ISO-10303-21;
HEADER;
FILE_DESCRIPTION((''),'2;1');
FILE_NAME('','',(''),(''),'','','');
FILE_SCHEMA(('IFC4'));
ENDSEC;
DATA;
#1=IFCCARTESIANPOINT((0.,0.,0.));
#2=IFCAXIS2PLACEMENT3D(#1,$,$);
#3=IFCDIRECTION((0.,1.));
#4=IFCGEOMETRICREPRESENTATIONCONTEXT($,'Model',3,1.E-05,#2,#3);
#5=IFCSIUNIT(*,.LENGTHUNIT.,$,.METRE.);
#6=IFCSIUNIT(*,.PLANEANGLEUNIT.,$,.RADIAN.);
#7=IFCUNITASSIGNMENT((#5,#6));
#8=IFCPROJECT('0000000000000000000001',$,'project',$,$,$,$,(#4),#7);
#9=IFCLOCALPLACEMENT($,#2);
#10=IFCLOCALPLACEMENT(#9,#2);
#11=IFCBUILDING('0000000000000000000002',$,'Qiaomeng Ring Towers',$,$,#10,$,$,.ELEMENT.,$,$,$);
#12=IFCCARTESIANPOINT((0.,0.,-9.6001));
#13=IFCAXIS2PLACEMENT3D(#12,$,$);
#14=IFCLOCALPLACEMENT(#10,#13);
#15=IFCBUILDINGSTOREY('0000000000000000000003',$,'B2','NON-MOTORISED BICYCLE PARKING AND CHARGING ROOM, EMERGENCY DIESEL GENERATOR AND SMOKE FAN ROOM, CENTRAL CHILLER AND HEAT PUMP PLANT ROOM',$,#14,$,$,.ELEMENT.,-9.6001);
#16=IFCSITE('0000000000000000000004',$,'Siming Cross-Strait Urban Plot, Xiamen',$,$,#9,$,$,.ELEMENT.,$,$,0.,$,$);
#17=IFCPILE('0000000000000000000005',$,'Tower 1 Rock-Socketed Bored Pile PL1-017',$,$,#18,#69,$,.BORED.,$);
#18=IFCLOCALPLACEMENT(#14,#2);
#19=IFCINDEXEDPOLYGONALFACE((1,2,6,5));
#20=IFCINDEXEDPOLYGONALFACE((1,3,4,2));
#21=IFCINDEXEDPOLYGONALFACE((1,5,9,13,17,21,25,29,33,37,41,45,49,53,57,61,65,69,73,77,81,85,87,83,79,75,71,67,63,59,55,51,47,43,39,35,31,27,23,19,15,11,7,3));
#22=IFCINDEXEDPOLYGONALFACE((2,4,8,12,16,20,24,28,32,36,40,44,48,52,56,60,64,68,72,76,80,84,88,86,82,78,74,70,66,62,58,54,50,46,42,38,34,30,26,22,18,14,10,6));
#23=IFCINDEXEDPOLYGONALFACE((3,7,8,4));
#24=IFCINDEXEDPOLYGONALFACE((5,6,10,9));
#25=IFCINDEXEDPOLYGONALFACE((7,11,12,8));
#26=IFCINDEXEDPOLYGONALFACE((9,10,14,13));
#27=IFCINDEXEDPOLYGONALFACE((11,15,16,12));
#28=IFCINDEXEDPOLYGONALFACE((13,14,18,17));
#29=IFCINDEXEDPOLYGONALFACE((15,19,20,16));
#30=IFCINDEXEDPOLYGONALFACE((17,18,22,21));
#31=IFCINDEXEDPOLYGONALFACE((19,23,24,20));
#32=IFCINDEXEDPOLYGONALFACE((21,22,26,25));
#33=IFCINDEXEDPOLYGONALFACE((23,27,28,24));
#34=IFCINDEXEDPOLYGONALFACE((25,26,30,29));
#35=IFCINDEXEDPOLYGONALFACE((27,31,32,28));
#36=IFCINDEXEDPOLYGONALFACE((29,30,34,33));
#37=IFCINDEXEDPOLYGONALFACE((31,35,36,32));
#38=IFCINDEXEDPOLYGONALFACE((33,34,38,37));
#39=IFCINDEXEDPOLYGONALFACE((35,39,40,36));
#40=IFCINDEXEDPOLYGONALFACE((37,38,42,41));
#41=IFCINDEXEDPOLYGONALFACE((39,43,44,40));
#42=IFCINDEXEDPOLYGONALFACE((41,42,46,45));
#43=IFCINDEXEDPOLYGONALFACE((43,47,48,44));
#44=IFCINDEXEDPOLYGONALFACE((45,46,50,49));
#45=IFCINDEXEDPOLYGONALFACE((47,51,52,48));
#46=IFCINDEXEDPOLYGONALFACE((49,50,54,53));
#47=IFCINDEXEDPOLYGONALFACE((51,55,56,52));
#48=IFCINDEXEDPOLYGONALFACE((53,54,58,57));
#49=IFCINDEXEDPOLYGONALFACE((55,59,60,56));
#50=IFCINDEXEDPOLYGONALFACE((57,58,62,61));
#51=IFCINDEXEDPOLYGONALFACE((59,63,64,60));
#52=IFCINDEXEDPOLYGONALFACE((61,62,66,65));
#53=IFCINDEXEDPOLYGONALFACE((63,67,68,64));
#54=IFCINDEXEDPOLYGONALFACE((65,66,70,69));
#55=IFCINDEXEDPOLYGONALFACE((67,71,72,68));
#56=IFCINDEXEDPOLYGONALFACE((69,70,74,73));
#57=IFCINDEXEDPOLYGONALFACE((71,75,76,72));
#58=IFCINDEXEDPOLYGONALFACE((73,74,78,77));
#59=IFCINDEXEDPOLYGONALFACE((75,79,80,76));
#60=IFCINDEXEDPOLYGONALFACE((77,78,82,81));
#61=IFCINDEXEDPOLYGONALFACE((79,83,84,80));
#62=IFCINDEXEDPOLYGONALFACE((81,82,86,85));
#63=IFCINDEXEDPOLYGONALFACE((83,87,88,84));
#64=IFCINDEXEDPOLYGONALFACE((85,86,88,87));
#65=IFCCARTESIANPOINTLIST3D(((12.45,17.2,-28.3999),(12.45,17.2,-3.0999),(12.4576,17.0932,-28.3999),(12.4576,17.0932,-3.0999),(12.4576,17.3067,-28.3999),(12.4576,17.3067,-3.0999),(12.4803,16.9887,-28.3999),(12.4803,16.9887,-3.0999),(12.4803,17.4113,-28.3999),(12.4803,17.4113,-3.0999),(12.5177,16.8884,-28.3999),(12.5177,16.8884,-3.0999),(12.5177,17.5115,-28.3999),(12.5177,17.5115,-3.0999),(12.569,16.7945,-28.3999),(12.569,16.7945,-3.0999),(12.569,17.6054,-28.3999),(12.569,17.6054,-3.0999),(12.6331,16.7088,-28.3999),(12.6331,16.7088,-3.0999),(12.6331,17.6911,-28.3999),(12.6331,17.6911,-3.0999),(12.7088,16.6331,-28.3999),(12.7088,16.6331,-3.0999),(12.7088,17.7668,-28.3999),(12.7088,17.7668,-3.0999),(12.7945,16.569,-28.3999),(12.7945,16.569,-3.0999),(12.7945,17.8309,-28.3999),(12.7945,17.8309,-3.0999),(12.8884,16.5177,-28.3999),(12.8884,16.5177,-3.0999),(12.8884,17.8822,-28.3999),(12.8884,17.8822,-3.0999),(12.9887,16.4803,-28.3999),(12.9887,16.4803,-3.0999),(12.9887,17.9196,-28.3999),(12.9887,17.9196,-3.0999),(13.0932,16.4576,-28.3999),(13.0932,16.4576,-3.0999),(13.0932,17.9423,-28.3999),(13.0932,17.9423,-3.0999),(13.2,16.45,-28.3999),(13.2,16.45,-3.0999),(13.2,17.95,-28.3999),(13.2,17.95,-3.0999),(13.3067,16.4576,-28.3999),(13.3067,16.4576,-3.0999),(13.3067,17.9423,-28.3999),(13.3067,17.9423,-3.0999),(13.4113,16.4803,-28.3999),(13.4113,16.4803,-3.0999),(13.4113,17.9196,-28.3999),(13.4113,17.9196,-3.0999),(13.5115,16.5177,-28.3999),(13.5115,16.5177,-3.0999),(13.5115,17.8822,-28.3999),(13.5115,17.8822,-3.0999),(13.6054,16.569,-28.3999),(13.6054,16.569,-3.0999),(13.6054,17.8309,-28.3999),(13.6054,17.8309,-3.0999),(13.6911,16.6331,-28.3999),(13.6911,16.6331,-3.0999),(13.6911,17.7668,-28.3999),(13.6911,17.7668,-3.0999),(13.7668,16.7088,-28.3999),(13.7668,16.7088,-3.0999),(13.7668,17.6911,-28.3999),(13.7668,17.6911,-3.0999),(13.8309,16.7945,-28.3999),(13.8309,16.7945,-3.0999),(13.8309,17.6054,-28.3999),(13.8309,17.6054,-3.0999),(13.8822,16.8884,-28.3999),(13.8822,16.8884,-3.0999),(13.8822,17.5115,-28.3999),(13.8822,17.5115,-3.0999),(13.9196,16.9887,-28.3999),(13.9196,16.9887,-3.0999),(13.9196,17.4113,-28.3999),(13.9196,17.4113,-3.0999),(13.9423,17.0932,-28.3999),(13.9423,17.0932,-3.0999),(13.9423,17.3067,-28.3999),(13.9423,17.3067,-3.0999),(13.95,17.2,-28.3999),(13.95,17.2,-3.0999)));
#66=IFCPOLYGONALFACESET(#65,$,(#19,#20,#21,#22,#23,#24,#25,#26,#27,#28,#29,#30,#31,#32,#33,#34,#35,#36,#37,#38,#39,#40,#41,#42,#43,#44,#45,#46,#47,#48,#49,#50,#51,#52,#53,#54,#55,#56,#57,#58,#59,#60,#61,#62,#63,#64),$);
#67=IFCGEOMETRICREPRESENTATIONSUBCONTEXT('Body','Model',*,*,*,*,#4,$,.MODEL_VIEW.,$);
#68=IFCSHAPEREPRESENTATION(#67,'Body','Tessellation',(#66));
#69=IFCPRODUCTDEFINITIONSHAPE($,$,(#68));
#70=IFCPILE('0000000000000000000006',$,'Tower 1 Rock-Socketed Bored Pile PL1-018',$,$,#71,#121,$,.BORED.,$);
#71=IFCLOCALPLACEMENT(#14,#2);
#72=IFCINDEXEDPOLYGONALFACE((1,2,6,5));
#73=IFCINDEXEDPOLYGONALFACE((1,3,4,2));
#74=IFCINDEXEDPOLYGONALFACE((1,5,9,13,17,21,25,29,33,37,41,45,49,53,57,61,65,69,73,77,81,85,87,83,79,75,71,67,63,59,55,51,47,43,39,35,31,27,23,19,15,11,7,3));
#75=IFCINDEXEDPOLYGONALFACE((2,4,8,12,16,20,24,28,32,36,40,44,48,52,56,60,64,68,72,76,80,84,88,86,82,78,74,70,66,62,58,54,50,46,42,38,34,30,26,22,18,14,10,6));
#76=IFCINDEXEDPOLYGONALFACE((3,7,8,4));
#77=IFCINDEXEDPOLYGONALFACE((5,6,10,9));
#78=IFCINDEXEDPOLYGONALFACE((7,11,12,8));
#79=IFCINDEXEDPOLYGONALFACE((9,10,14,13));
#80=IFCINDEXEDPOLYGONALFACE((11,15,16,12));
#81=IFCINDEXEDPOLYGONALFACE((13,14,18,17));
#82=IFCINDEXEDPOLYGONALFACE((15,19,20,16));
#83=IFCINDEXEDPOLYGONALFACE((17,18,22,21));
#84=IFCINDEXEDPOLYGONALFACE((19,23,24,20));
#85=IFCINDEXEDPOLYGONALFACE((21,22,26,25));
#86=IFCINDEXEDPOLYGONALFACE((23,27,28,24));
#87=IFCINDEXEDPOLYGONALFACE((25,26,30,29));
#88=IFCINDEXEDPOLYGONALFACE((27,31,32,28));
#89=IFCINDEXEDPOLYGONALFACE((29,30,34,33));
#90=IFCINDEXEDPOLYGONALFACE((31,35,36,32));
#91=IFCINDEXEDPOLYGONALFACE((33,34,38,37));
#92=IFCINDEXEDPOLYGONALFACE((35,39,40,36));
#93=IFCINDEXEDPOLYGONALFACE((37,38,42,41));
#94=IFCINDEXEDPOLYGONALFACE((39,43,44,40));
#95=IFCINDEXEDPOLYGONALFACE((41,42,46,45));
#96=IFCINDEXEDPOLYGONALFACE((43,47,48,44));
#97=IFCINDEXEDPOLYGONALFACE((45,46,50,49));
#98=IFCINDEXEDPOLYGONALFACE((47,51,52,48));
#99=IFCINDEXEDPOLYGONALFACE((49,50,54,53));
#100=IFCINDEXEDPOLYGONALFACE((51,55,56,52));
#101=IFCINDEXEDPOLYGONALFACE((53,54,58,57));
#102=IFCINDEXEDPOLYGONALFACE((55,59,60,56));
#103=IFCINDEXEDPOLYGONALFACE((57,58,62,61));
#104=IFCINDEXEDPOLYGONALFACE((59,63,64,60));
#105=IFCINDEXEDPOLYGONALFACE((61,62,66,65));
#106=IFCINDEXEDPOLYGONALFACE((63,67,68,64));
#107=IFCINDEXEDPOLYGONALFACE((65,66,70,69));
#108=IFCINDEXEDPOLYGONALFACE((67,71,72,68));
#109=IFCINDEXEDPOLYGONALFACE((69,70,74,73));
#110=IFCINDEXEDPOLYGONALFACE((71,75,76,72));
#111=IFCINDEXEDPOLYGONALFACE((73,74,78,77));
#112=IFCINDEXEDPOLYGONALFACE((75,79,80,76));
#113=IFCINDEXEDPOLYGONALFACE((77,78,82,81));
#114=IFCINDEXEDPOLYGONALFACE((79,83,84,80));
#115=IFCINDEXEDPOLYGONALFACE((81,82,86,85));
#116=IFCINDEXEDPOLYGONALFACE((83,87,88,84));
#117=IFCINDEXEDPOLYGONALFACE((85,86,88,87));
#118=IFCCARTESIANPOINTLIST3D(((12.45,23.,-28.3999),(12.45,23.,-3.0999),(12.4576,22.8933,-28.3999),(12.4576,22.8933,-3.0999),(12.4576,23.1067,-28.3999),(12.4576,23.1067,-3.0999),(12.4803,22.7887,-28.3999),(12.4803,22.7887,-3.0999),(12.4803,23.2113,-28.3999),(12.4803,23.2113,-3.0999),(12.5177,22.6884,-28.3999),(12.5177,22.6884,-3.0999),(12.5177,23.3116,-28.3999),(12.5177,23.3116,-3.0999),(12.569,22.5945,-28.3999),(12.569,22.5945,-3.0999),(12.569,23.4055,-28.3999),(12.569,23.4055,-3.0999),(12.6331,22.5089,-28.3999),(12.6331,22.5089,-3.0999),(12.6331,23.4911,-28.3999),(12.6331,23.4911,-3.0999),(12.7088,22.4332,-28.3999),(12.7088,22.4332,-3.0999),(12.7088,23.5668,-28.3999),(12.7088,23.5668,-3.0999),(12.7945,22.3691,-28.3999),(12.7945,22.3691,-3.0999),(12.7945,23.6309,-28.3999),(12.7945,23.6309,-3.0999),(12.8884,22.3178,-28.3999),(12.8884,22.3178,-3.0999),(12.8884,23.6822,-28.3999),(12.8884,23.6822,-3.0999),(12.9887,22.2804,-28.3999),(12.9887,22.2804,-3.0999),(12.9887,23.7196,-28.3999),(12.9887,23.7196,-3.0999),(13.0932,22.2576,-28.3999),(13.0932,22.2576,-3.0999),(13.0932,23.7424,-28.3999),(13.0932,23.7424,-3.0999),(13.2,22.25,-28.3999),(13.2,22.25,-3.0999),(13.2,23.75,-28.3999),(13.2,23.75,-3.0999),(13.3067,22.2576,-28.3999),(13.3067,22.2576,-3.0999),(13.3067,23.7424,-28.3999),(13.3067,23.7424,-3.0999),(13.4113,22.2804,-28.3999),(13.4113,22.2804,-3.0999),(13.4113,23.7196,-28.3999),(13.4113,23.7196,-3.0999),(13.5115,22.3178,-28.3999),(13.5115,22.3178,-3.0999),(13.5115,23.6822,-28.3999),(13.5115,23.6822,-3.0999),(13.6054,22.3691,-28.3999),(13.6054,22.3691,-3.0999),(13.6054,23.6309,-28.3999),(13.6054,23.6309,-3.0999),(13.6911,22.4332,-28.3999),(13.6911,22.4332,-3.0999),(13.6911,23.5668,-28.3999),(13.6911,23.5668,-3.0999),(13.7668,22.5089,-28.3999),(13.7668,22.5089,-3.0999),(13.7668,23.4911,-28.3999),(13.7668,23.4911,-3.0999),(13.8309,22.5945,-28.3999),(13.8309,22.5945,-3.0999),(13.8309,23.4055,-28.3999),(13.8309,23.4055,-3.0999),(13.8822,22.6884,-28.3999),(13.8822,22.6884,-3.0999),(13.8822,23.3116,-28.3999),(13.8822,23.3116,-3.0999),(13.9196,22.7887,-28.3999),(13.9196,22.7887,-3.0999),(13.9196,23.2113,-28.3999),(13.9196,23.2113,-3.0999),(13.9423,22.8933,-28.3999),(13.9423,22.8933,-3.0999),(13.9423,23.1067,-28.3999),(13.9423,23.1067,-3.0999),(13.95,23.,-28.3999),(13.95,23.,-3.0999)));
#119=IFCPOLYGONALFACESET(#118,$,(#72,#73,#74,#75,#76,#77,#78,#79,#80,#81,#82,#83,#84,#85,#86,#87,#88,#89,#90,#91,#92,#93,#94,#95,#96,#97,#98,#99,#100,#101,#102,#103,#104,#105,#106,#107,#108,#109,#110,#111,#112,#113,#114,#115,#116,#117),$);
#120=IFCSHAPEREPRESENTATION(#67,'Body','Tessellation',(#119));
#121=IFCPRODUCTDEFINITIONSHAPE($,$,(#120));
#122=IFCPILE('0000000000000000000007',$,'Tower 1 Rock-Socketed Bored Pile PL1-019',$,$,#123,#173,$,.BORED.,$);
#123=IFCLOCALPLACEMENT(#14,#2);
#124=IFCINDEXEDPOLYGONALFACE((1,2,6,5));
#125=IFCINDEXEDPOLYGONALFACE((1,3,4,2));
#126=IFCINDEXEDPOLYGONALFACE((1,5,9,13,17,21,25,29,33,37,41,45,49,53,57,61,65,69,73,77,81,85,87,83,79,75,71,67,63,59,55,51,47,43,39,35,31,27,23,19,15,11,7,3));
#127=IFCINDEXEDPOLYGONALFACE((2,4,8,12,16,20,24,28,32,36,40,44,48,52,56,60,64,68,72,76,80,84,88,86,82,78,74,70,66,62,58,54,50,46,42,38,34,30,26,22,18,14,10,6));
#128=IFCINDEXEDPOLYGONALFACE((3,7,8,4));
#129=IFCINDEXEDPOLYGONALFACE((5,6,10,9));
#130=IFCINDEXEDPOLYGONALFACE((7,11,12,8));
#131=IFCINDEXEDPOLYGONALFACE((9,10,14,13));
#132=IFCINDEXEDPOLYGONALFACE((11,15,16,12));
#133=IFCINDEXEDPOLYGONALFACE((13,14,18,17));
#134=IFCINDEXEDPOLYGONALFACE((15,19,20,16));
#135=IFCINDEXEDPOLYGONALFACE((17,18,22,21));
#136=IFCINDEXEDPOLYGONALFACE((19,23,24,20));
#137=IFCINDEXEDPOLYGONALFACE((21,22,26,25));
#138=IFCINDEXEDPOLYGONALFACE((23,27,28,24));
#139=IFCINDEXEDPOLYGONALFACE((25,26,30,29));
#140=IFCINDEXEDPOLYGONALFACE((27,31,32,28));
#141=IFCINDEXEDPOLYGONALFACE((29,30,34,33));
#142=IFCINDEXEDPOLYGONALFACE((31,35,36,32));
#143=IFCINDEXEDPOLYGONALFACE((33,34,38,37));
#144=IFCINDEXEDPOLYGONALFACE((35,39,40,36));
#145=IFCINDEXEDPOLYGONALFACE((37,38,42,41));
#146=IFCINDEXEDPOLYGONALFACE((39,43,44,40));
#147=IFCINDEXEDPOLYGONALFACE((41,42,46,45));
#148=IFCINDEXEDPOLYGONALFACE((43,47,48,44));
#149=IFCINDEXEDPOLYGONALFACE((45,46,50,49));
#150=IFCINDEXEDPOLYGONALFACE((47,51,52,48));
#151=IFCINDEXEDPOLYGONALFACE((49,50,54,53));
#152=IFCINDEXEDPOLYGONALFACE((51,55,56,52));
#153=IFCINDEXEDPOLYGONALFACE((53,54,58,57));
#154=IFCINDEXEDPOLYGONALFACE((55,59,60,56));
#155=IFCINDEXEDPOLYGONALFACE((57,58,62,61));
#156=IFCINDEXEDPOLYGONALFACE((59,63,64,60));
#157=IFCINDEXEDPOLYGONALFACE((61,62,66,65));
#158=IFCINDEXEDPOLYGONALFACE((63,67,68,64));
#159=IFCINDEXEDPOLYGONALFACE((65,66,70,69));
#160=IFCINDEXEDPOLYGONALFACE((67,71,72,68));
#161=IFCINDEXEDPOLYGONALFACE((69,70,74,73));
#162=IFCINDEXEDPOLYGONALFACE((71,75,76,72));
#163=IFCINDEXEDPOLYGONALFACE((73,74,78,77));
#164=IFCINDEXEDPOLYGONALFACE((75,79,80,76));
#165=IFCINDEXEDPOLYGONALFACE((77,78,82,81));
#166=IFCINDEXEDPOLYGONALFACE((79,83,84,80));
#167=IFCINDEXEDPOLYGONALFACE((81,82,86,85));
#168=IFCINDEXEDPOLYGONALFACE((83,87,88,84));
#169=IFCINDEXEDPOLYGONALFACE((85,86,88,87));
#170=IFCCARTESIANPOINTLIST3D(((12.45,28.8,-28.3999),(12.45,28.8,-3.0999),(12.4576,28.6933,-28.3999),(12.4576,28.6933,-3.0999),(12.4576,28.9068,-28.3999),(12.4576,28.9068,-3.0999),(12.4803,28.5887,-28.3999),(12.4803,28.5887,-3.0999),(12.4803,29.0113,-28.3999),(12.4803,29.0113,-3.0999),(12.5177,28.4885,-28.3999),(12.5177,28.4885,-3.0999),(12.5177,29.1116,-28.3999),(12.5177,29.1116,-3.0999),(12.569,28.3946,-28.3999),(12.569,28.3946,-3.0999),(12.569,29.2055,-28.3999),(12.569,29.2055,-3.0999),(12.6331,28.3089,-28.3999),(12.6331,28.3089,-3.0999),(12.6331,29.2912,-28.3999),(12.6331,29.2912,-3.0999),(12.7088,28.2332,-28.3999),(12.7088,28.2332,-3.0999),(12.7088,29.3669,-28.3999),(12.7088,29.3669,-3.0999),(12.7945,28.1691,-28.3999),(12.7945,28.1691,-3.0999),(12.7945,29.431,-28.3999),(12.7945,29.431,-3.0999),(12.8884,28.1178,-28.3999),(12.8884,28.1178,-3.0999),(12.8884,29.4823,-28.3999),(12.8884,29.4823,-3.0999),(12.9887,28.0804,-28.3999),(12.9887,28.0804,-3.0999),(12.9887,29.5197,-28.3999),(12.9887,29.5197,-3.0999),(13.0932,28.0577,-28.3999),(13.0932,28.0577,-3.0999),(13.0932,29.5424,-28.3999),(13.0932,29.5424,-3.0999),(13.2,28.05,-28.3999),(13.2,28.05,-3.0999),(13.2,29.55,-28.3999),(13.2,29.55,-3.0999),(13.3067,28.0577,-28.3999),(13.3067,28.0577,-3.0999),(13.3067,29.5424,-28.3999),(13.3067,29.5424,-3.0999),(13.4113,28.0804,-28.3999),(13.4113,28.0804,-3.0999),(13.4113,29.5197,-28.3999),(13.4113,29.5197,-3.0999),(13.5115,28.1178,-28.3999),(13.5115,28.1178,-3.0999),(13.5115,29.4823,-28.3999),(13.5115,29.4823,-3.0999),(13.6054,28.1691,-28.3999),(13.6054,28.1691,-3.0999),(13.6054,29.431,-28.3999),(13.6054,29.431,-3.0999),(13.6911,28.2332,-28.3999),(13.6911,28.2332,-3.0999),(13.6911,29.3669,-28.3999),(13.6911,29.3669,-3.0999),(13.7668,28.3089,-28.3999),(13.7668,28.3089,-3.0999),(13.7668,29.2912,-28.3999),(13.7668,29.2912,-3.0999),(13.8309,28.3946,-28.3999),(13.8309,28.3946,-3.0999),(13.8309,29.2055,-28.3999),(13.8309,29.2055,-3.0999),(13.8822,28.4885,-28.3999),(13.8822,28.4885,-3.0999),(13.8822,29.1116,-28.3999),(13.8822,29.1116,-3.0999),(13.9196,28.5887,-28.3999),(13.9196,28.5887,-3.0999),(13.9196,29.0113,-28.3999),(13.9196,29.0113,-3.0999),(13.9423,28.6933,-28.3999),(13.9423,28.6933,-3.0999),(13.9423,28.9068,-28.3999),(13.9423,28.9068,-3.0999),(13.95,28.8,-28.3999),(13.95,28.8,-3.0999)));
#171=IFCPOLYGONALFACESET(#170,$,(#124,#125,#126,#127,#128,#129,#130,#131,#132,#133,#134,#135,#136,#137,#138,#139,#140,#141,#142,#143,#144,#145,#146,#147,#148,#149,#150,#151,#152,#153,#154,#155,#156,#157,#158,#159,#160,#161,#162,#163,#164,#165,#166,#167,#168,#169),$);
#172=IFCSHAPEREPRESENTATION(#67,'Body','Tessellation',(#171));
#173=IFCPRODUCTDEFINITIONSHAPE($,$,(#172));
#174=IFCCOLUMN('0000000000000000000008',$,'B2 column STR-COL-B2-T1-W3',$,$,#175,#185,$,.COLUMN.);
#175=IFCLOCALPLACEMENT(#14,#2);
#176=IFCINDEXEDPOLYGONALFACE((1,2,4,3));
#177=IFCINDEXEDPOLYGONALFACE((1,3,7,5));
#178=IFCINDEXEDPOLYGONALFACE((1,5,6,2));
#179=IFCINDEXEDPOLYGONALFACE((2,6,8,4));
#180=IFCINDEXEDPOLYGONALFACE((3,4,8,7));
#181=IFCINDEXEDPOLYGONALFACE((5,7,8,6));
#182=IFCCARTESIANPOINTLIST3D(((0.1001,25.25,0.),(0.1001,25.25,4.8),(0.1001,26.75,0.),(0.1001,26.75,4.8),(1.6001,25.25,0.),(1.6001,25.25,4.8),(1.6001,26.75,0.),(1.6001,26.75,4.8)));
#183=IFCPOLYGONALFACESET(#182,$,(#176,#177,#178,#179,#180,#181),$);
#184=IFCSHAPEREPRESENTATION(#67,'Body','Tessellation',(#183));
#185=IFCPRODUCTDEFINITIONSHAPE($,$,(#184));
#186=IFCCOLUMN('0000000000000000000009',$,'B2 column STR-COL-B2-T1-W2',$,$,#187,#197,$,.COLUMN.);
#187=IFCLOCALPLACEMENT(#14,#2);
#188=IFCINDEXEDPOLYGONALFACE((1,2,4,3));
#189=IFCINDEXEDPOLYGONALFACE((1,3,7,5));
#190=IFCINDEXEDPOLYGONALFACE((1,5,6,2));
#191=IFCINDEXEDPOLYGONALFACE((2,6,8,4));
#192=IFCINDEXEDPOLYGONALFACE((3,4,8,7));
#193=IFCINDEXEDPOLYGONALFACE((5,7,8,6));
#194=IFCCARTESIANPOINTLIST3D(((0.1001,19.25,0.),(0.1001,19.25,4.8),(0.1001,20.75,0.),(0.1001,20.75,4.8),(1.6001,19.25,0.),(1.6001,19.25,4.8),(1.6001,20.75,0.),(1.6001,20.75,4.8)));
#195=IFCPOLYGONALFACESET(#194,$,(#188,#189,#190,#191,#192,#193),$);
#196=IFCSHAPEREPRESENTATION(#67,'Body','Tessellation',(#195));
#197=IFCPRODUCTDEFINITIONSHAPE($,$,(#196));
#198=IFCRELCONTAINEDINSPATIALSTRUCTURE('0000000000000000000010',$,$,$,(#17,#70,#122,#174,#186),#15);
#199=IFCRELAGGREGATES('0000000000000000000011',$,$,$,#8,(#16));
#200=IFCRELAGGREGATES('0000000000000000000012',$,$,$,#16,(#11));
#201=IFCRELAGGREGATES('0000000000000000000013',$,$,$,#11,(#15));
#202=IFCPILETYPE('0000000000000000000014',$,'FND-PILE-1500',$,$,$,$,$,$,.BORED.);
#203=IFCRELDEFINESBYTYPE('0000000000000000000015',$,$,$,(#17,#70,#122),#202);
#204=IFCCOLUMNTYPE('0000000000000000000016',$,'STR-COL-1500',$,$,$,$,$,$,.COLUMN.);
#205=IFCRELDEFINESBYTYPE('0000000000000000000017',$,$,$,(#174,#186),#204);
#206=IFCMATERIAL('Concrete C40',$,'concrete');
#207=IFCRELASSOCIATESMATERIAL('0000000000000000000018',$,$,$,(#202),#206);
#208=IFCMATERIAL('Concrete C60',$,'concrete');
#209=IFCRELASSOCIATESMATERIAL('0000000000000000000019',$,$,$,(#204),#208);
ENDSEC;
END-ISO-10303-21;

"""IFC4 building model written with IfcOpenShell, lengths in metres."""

from ifc_helpers import new_model, si_unit, direction, frame, origin, origin_2d, place, context, subcontext, project, spatial, rectangle, circle, extrude, source, transform, mapped, material, material_profile, profile_set, type_object, element, save


model = new_model("IFC4")

# Units and contexts
model_context = context("Model", 3, precision=1e-05, world=origin(), true_north=direction((0.0, 1.0)))
body_context = subcontext(model_context, "Body", "Model", "MODEL_VIEW")
ifc_project = project(units=[si_unit("LENGTHUNIT", "METRE"), si_unit("PLANEANGLEUNIT", "RADIAN")], contexts=[model_context])

# Site, building, storey
site_placement = place(None, origin())
site = spatial("IfcSite", under=ifc_project, at=site_placement, Name="Siming Cross-Strait Urban Plot, Xiamen", CompositionType="ELEMENT", RefElevation=0.0)
building_placement = place(site_placement, origin())
building = spatial("IfcBuilding", under=site, at=building_placement, Name="Qiaomeng Ring Towers", CompositionType="ELEMENT")
storey_placement = place(building_placement, frame((0.0, 0.0, -9.6001)))
storey = spatial("IfcBuildingStorey", under=building, at=storey_placement, Name="B2", Description="NON-MOTORISED BICYCLE PARKING AND CHARGING ROOM, EMERGENCY DIESEL GENERATOR AND SMOKE FAN ROOM, CENTRAL CHILLER AND HEAT PUMP PLANT ROOM", CompositionType="ELEMENT", Elevation=-9.6001)

# Piles
ifc_material_1 = material(Name="Concrete C40", Category="concrete")
ifc_material_profile_1 = material_profile(ifc_material_1, circle(Radius=0.75, at=origin_2d()), Name="BORED PILE 1500")
ifc_profile_set_1 = profile_set([ifc_material_profile_1], Name="Concrete C40")
pile_type = type_object("IfcPileType", Name="FND-PILE-1500", PredefinedType="BORED", material=ifc_profile_set_1)
shared_shape_1 = source(origin(), body_context, "Body", "SweptSolid", [
    extrude(circle(Radius=0.75, at=origin_2d()), origin(), (0.0, 0.0, 1.0), 25.3),
])
for number, where, z_axis, x_axis, name in (
    (1, (13.2, 17.2, -3.0999), (0.0, 0.0, -1.0), (1.0, 0.0, 0.0), "Tower 1 Rock-Socketed Bored Pile PL1-017"),
    (2, (13.2, 23.0, -3.0999), (0.0, 0.0, -1.0), (1.0, 0.0, 0.0), "Tower 1 Rock-Socketed Bored Pile PL1-018"),
    (3, (13.2, 28.8, -3.0999), (0.0, 0.0, -1.0), (1.0, 0.0, 0.0), "Tower 1 Rock-Socketed Bored Pile PL1-019"),
):
    element("IfcPile", number, at=place(storey_placement, frame(where, z_axis=z_axis, x_axis=x_axis)), inside=storey, type_object=pile_type, Name=name, PredefinedType="BORED", context=body_context, shape_type="MappedRepresentation", body=[
        mapped(shared_shape_1, transform((0.0, 0.0, 0.0), x_axis=(1.0, 0.0, 0.0), y_axis=(0.0, 1.0, 0.0), z_axis=(0.0, 0.0, 1.0), scale=1.0)),
    ])

# Columns
ifc_material_2 = material(Name="Concrete C60", Category="concrete")
ifc_material_profile_2 = material_profile(ifc_material_2, rectangle(XDim=1.5, YDim=1.5, at=origin_2d()), Name="RC COL 1500x1500")
ifc_profile_set_2 = profile_set([ifc_material_profile_2], Name="Concrete C60")
column_type = type_object("IfcColumnType", Name="STR-COL-1500", PredefinedType="COLUMN", material=ifc_profile_set_2)
shared_shape_2 = source(origin(), body_context, "Body", "SweptSolid", [
    extrude(rectangle(XDim=1.5, YDim=1.5, at=origin_2d()), origin(), (0.0, 0.0, 1.0), 4.8),
])
for number, where, z_axis, x_axis, name in (
    (4, (0.8501, 26.0, 0.0), (0.0, 0.0, 1.0), (1.0, 0.0, 0.0), "B2 column STR-COL-B2-T1-W3"),
    (5, (0.8501, 20.0, 0.0), (0.0, 0.0, 1.0), (1.0, 0.0, 0.0), "B2 column STR-COL-B2-T1-W2"),
):
    element("IfcColumn", number, at=place(storey_placement, frame(where, z_axis=z_axis, x_axis=x_axis)), inside=storey, type_object=column_type, Name=name, PredefinedType="COLUMN", context=body_context, shape_type="MappedRepresentation", body=[
        mapped(shared_shape_2, transform((0.0, 0.0, 0.0), x_axis=(1.0, 0.0, 0.0), y_axis=(0.0, 1.0, 0.0), z_axis=(0.0, 0.0, 1.0), scale=1.0)),
    ])

save(model, "model.ifc")
